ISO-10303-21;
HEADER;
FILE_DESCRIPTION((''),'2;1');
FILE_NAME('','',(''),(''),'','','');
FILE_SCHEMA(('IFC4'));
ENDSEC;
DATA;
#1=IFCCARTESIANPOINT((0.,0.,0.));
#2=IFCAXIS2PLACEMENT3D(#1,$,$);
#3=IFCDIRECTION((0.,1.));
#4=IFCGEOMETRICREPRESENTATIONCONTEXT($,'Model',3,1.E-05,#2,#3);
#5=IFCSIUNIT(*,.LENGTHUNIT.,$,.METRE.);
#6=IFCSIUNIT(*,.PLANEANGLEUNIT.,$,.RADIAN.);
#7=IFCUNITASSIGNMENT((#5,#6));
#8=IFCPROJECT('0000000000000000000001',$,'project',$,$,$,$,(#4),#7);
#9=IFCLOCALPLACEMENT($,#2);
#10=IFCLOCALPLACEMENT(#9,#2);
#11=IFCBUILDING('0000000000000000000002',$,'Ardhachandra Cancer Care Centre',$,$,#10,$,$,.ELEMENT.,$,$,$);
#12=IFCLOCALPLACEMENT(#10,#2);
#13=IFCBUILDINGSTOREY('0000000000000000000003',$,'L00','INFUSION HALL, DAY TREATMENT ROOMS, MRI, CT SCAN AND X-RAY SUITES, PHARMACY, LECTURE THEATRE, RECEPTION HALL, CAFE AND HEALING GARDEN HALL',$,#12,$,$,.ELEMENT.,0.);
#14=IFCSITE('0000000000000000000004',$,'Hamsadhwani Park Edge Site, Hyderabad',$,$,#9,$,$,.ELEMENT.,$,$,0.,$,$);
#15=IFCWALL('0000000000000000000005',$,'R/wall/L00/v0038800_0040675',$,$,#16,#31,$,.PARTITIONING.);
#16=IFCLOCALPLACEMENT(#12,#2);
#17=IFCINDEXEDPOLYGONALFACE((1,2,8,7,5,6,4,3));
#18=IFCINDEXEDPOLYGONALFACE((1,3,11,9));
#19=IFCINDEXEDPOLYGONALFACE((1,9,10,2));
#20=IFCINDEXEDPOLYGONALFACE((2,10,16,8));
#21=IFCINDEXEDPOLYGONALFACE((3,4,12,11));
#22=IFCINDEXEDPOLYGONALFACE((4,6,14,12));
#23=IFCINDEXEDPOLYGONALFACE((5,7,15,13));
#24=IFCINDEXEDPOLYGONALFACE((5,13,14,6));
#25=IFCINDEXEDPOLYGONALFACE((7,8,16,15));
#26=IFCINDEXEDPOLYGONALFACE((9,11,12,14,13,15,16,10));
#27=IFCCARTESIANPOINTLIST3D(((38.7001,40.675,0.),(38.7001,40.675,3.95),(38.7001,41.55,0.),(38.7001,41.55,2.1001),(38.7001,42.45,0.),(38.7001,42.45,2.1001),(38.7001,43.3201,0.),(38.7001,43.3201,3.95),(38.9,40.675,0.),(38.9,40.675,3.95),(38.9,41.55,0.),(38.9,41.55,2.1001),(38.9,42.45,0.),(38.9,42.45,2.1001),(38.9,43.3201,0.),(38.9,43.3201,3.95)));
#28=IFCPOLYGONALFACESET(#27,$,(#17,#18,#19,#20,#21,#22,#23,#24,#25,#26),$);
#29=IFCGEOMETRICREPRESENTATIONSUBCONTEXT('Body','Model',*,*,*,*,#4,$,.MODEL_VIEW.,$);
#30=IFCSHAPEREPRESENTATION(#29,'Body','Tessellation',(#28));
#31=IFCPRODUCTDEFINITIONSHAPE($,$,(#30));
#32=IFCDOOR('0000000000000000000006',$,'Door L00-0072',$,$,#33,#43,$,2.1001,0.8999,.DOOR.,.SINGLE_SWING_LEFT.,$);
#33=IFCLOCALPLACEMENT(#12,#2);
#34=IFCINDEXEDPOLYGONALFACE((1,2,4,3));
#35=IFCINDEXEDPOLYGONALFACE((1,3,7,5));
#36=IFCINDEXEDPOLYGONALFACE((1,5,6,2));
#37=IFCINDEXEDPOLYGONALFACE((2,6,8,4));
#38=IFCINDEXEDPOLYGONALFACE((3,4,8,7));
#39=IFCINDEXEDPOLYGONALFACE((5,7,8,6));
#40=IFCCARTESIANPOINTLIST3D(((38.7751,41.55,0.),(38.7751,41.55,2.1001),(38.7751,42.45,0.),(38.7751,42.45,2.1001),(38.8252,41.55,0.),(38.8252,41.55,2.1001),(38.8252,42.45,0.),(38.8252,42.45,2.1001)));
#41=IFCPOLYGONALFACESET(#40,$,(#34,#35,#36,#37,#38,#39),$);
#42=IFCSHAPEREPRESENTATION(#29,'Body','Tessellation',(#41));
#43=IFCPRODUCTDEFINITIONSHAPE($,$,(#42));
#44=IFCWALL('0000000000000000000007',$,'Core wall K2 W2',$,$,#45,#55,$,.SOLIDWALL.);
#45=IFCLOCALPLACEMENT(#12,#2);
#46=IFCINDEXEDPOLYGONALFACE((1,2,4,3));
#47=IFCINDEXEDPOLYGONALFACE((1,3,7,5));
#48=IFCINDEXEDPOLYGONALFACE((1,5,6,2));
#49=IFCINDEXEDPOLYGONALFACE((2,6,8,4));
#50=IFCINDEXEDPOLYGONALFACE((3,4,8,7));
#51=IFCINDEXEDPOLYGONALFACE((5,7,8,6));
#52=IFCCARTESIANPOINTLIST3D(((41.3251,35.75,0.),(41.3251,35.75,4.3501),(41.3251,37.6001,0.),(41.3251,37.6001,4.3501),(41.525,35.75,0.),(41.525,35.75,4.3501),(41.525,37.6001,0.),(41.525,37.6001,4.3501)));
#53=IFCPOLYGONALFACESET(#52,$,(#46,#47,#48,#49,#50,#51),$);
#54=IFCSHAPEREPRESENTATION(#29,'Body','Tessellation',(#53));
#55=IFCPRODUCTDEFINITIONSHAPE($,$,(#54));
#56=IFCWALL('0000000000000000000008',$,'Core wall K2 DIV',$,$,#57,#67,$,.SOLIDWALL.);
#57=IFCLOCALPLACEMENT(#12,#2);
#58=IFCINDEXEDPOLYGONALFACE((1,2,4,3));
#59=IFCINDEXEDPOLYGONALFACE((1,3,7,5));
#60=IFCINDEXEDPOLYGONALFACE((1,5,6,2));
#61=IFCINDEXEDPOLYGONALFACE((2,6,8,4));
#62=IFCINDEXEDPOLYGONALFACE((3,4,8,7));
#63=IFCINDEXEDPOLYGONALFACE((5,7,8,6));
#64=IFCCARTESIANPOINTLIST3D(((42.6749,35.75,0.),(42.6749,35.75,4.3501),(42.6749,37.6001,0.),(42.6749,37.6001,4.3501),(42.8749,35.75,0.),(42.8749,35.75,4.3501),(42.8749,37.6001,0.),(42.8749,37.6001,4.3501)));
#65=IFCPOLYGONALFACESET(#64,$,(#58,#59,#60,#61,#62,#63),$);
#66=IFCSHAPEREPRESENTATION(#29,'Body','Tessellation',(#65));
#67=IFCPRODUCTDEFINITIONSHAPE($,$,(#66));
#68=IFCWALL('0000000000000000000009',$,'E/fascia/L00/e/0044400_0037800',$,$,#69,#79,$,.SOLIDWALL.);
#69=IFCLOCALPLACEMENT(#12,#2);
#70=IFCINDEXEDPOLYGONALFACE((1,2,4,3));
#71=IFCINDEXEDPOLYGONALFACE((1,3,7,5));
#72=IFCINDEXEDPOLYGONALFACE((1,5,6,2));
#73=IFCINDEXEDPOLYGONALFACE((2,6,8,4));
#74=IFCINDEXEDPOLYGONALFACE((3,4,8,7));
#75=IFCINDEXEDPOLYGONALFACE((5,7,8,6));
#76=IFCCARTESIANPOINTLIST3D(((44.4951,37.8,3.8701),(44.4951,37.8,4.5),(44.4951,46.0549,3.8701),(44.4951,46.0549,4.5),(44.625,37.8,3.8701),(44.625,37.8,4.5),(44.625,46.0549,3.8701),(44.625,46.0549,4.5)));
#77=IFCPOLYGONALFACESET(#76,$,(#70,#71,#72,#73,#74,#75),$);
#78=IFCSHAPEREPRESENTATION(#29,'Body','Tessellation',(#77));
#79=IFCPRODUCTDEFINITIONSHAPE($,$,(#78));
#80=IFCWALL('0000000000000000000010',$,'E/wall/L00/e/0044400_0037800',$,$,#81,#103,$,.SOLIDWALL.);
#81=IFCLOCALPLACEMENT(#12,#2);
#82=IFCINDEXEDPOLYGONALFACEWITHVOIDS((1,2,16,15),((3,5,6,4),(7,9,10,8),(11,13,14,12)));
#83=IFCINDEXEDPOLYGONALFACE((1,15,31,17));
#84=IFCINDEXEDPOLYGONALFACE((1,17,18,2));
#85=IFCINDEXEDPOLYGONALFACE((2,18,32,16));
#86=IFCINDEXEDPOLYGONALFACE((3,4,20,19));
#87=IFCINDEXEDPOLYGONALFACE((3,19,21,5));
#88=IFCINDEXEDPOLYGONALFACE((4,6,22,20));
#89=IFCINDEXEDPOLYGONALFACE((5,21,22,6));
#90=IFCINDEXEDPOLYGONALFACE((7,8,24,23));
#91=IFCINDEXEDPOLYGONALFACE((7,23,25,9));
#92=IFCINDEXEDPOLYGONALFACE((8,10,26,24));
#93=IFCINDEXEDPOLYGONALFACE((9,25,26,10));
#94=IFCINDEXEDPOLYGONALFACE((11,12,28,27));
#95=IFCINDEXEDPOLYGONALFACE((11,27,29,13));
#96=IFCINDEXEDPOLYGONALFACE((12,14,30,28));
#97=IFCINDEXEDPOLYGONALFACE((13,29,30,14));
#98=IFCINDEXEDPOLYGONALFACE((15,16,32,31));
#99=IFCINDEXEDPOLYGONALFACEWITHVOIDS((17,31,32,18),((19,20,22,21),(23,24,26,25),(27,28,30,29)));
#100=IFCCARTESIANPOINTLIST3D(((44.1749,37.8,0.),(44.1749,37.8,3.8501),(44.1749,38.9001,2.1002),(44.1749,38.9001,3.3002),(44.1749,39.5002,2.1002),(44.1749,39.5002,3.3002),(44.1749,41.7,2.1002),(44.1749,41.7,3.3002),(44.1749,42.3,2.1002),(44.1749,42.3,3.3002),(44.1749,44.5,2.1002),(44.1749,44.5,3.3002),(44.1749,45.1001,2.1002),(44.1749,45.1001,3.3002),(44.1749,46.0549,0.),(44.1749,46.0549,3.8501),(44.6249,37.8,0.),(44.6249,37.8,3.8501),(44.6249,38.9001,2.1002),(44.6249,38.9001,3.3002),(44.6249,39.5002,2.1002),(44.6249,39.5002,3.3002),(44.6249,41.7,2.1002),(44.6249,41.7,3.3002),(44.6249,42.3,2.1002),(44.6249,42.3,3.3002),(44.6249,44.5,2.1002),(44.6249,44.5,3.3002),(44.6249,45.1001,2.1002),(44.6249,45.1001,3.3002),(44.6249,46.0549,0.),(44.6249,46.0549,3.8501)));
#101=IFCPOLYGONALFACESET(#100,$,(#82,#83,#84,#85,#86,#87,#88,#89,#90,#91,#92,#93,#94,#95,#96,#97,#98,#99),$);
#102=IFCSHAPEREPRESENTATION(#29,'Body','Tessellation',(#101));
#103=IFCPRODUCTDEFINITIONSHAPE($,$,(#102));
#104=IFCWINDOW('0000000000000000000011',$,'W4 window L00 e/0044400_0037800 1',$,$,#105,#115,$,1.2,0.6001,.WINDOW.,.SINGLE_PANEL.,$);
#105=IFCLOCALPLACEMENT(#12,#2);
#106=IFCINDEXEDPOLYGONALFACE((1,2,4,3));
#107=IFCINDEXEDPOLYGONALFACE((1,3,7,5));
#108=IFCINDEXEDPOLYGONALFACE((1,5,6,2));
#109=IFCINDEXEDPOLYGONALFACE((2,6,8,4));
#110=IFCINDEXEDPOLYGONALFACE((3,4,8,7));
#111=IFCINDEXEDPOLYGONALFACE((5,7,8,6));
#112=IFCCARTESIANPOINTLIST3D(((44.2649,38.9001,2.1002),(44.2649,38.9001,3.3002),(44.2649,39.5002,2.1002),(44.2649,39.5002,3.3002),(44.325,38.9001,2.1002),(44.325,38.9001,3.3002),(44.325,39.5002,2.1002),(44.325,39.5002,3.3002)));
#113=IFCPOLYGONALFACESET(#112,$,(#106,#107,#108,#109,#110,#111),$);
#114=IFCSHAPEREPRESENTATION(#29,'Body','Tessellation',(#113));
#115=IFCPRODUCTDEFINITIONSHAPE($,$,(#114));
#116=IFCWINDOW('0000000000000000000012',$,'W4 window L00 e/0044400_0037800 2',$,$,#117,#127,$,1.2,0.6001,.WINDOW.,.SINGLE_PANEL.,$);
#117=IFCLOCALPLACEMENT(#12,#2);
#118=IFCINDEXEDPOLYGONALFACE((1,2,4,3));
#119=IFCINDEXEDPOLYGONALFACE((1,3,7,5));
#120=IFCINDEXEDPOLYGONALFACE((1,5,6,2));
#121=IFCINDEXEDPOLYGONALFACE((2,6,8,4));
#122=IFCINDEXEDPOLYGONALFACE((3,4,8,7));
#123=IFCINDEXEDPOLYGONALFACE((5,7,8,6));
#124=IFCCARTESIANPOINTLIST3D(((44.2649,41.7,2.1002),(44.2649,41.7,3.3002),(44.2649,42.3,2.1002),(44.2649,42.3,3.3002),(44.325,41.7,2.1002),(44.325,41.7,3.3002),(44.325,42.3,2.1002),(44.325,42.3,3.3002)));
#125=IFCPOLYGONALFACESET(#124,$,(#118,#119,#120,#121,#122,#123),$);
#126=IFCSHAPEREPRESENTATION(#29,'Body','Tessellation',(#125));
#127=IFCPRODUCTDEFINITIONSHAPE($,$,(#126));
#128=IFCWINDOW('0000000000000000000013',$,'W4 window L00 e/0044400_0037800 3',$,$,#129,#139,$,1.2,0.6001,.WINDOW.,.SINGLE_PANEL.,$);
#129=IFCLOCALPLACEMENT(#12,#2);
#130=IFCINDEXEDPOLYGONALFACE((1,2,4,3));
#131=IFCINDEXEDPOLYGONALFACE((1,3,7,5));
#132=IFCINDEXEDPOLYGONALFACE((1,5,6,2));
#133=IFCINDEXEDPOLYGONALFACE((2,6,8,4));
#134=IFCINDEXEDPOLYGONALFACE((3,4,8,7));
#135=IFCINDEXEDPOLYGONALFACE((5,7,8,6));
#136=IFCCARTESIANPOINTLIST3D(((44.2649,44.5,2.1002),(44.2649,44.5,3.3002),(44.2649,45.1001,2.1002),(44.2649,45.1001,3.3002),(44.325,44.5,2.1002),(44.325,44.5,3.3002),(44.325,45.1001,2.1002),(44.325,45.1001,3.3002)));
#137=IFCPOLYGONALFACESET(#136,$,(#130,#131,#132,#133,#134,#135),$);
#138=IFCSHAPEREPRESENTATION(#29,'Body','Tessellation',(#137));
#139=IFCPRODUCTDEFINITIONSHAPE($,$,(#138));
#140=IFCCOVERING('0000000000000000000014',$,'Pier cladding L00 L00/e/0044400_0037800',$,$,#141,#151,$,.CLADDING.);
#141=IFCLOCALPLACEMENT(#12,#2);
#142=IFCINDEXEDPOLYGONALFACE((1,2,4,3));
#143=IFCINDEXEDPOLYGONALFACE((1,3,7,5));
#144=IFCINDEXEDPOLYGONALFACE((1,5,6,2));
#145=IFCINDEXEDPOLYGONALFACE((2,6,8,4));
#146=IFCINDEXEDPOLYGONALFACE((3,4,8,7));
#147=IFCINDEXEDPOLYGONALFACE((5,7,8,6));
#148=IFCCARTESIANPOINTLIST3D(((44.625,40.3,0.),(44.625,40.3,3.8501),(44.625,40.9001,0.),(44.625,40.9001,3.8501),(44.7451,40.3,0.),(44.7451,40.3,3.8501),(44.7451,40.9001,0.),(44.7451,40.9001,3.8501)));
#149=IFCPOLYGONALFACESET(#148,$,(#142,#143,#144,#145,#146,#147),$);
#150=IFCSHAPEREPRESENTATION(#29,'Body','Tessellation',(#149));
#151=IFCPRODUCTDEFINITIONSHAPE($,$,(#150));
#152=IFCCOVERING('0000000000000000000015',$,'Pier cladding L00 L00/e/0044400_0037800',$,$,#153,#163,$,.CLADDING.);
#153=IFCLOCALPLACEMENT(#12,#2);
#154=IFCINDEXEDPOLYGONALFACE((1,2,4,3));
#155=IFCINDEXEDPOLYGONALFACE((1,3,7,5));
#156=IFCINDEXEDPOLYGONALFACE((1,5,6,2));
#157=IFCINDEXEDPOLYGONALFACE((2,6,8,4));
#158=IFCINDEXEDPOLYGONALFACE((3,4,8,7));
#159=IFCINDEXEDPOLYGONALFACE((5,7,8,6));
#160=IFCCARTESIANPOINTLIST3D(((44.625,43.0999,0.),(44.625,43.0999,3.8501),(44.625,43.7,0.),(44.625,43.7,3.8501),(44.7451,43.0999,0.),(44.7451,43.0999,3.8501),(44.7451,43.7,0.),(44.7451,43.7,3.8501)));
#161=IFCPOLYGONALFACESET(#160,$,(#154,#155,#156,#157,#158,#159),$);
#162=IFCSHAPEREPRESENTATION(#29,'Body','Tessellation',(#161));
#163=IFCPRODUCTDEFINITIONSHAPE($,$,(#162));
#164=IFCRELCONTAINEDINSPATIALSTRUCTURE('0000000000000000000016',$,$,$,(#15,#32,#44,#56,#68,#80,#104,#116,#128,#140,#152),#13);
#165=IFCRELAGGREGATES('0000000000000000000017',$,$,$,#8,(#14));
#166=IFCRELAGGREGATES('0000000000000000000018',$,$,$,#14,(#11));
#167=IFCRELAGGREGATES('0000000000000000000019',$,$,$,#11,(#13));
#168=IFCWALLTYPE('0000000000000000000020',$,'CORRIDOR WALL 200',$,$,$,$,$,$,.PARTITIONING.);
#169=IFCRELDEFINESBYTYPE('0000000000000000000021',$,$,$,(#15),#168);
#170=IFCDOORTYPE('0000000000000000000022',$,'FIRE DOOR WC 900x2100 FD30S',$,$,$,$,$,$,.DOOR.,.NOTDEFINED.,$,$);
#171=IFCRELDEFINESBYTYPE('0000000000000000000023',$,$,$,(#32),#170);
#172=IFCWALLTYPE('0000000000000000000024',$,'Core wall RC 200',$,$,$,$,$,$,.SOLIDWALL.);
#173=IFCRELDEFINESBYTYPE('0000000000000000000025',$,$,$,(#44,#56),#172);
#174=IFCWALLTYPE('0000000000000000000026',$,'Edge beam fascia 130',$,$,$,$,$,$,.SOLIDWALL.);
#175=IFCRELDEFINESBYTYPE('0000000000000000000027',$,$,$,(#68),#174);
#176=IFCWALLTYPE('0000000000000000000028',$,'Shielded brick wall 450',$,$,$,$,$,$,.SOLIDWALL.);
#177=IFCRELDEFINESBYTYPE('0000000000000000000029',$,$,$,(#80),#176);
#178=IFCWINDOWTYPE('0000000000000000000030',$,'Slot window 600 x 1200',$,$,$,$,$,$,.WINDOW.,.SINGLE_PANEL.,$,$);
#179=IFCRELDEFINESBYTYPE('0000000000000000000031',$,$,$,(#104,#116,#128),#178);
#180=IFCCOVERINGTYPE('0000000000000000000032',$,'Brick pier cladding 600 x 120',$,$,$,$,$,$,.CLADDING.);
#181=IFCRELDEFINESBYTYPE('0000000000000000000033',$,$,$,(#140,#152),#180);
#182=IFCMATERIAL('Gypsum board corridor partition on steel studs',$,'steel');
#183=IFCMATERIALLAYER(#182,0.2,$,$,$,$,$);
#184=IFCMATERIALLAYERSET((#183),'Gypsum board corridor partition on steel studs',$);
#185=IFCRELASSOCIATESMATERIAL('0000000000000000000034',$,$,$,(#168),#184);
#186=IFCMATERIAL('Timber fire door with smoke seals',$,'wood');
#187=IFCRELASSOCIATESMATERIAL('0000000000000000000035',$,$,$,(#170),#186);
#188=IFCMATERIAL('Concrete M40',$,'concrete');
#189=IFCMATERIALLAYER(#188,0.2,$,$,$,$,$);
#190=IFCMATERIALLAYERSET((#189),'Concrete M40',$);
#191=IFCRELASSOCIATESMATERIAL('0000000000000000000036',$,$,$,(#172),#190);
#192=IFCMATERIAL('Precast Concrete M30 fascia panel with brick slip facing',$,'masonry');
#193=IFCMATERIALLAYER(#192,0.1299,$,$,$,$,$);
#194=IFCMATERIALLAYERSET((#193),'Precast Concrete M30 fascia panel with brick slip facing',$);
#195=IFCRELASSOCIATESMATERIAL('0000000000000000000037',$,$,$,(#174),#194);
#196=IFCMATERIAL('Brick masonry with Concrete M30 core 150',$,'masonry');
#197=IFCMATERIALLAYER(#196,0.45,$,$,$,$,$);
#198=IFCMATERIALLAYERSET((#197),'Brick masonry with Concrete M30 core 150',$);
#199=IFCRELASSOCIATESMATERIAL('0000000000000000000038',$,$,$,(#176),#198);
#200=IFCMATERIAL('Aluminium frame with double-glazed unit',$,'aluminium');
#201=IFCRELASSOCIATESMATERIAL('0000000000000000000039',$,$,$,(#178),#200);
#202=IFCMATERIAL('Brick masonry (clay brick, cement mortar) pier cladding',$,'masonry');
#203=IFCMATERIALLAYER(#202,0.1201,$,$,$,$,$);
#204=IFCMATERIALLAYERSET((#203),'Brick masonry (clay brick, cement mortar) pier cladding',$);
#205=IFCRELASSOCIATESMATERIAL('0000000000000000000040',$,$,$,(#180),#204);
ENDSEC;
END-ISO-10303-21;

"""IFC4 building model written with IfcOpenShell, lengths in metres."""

from ifc_helpers import new_model, si_unit, direction, frame, frame_2d, origin, origin_2d, place, context, subcontext, project, spatial, rectangle, extrude, material, layer, layer_set, type_object, element, fill, save


model = new_model("IFC4")

# Units and contexts
model_context = context("Model", 3, precision=1e-05, world=origin(), true_north=direction((0.0, 1.0)))
body_context = subcontext(model_context, "Body", "Model", "MODEL_VIEW")
ifc_project = project(units=[si_unit("LENGTHUNIT", "METRE"), si_unit("PLANEANGLEUNIT", "RADIAN")], contexts=[model_context])

# Site, building, storey
site_placement = place(None, origin())
site = spatial("IfcSite", under=ifc_project, at=site_placement, Name="Hamsadhwani Park Edge Site, Hyderabad", CompositionType="ELEMENT", RefElevation=0.0)
building_placement = place(site_placement, origin())
building = spatial("IfcBuilding", under=site, at=building_placement, Name="Ardhachandra Cancer Care Centre", CompositionType="ELEMENT")
storey_placement = place(building_placement, origin())
storey = spatial("IfcBuildingStorey", under=building, at=storey_placement, Name="L00", Description="INFUSION HALL, DAY TREATMENT ROOMS, MRI, CT SCAN AND X-RAY SUITES, PHARMACY, LECTURE THEATRE, RECEPTION HALL, CAFE AND HEALING GARDEN HALL", CompositionType="ELEMENT", Elevation=0.0)

# Wall, opening, door
ifc_material_1 = material(Name="Gypsum board corridor partition on steel studs", Category="steel")
ifc_layer_1 = layer(ifc_material_1, 0.2)
ifc_layer_set_1 = layer_set([ifc_layer_1], Name="Gypsum board corridor partition on steel studs")
wall_type_1 = type_object("IfcWallType", Name="CORRIDOR WALL 200", PredefinedType="PARTITIONING", material=ifc_layer_set_1)
wall_1_placement = place(storey_placement, frame((38.8, 40.675, 0.0), z_axis=(0.0, 0.0, 1.0), x_axis=(0.0, 1.0, 0.0)))
wall_1 = element("IfcWall", 1, at=wall_1_placement, inside=storey, type_object=wall_type_1, Name="R/wall/L00/v0038800_0040675", PredefinedType="PARTITIONING", context=body_context, shape_type="SweptSolid", body=[
    extrude(rectangle(XDim=2.645, YDim=0.2, at=frame_2d((1.3225, 0.0))), origin(), (0.0, 0.0, 1.0), 3.95),
])
opening_1_placement = place(wall_1_placement, frame((0.875, 0.0, 0.0)))
opening_1 = element("IfcOpeningElement", 2, at=opening_1_placement, cuts=wall_1, PredefinedType="OPENING", context=body_context, shape_type="SweptSolid", body=[
    extrude(rectangle(XDim=0.8999, YDim=2.1001, at=frame_2d((0.45, 1.05))), frame((0.0, 0.1099, 0.0), z_axis=(0.0, -1.0, 0.0), x_axis=(1.0, 0.0, 0.0)), (0.0, 0.0, 1.0), 0.22),
])
ifc_material_2 = material(Name="Timber fire door with smoke seals", Category="wood")
door_type_1 = type_object("IfcDoorType", Name="FIRE DOOR WC 900x2100 FD30S", OperationType="NOTDEFINED", PredefinedType="DOOR", material=ifc_material_2)
door_1_placement = place(opening_1_placement, origin())
door_1 = element("IfcDoor", 3, at=door_1_placement, inside=storey, type_object=door_type_1, Name="Door L00-0072", OperationType="SINGLE_SWING_LEFT", OverallHeight=2.1001, OverallWidth=0.8999, PredefinedType="DOOR", context=body_context, shape_type="SweptSolid", body=[
    extrude(rectangle(XDim=0.8999, YDim=2.1001, at=frame_2d((0.45, 1.05))), frame((0.0, 0.0249, 0.0), z_axis=(0.0, -1.0, 0.0), x_axis=(1.0, 0.0, 0.0)), (0.0, 0.0, 1.0), 0.05),
])
fill(opening_1, door_1)

# Walls
ifc_material_3 = material(Name="Concrete M40", Category="concrete")
ifc_layer_2 = layer(ifc_material_3, 0.2)
ifc_layer_set_2 = layer_set([ifc_layer_2], Name="Concrete M40")
wall_type_2 = type_object("IfcWallType", Name="Core wall RC 200", PredefinedType="SOLIDWALL", material=ifc_layer_set_2)
for number, where, z_axis, x_axis, name in (
    (4, (41.425, 35.75, 0.0), (0.0, 0.0, 1.0), (0.0, 1.0, 0.0), "Core wall K2 W2"),
    (5, (42.7749, 35.75, 0.0), (0.0, 0.0, 1.0), (0.0, 1.0, 0.0), "Core wall K2 DIV"),
):
    element("IfcWall", number, at=place(storey_placement, frame(where, z_axis=z_axis, x_axis=x_axis)), inside=storey, type_object=wall_type_2, Name=name, PredefinedType="SOLIDWALL", context=body_context, shape_type="SweptSolid", body=[
        extrude(rectangle(XDim=1.8501, YDim=0.2, at=frame_2d((0.925, 0.0))), origin(), (0.0, 0.0, 1.0), 4.3501),
    ])
ifc_material_4 = material(Name="Precast Concrete M30 fascia panel with brick slip facing", Category="masonry")
ifc_layer_3 = layer(ifc_material_4, 0.1299)
ifc_layer_set_3 = layer_set([ifc_layer_3], Name="Precast Concrete M30 fascia panel with brick slip facing")
wall_type_3 = type_object("IfcWallType", Name="Edge beam fascia 130", PredefinedType="SOLIDWALL", material=ifc_layer_set_3)
wall_2_placement = place(storey_placement, frame((44.5601, 37.8, 3.8701), z_axis=(0.0, 0.0, 1.0), x_axis=(0.0, 1.0, 0.0)))
element("IfcWall", 6, at=wall_2_placement, inside=storey, type_object=wall_type_3, Name="E/fascia/L00/e/0044400_0037800", PredefinedType="SOLIDWALL", context=body_context, shape_type="SweptSolid", body=[
    extrude(rectangle(XDim=8.2549, YDim=0.1299, at=frame_2d((4.1274, 0.0))), origin(), (0.0, 0.0, 1.0), 0.6299),
])

# Wall, openings, windows
ifc_material_5 = material(Name="Brick masonry with Concrete M30 core 150", Category="masonry")
ifc_layer_4 = layer(ifc_material_5, 0.45)
ifc_layer_set_4 = layer_set([ifc_layer_4], Name="Brick masonry with Concrete M30 core 150")
wall_type_4 = type_object("IfcWallType", Name="Shielded brick wall 450", PredefinedType="SOLIDWALL", material=ifc_layer_set_4)
wall_3_placement = place(storey_placement, frame((44.3999, 37.8, 0.0), z_axis=(0.0, 0.0, 1.0), x_axis=(0.0, 1.0, 0.0)))
wall_3 = element("IfcWall", 7, at=wall_3_placement, inside=storey, type_object=wall_type_4, Name="E/wall/L00/e/0044400_0037800", PredefinedType="SOLIDWALL", context=body_context, shape_type="SweptSolid", body=[
    extrude(rectangle(XDim=8.2549, YDim=0.45, at=frame_2d((4.1274, 0.0))), origin(), (0.0, 0.0, 1.0), 3.8501),
])
opening_2_placement = place(wall_3_placement, frame((1.1001, 0.0, 2.1001)))
opening_2 = element("IfcOpeningElement", 8, at=opening_2_placement, cuts=wall_3, PredefinedType="OPENING", context=body_context, shape_type="SweptSolid", body=[
    extrude(rectangle(XDim=0.6001, YDim=1.2, at=frame_2d((0.3, 0.6001))), frame((0.0, 0.2349, 0.0), z_axis=(0.0, -1.0, 0.0), x_axis=(1.0, 0.0, 0.0)), (0.0, 0.0, 1.0), 0.47),
])
opening_3_placement = place(wall_3_placement, frame((3.8999, 0.0, 2.1001)))
opening_3 = element("IfcOpeningElement", 9, at=opening_3_placement, cuts=wall_3, PredefinedType="OPENING", context=body_context, shape_type="SweptSolid", body=[
    extrude(rectangle(XDim=0.6001, YDim=1.2, at=frame_2d((0.3, 0.6001))), frame((0.0, 0.2349, 0.0), z_axis=(0.0, -1.0, 0.0), x_axis=(1.0, 0.0, 0.0)), (0.0, 0.0, 1.0), 0.47),
])
opening_4_placement = place(wall_3_placement, frame((6.7, 0.0, 2.1001)))
opening_4 = element("IfcOpeningElement", 10, at=opening_4_placement, cuts=wall_3, PredefinedType="OPENING", context=body_context, shape_type="SweptSolid", body=[
    extrude(rectangle(XDim=0.6001, YDim=1.2, at=frame_2d((0.3, 0.6001))), frame((0.0, 0.2349, 0.0), z_axis=(0.0, -1.0, 0.0), x_axis=(1.0, 0.0, 0.0)), (0.0, 0.0, 1.0), 0.47),
])
ifc_material_6 = material(Name="Aluminium frame with double-glazed unit", Category="aluminium")
window_type = type_object("IfcWindowType", Name="Slot window 600 x 1200", PartitioningType="SINGLE_PANEL", PredefinedType="WINDOW", material=ifc_material_6)
window_1_placement = place(opening_2_placement, origin())
window_1 = element("IfcWindow", 11, at=window_1_placement, inside=storey, type_object=window_type, Name="W4 window L00 e/0044400_0037800 1", OverallHeight=1.2, OverallWidth=0.6001, PartitioningType="SINGLE_PANEL", PredefinedType="WINDOW", context=body_context, shape_type="SweptSolid", body=[
    extrude(rectangle(XDim=0.6001, YDim=1.2, at=frame_2d((0.3, 0.6001))), frame((0.0, 0.135, 0.0), z_axis=(0.0, -1.0, 0.0), x_axis=(1.0, 0.0, 0.0)), (0.0, 0.0, 1.0), 0.0601),
])
fill(opening_2, window_1)
window_2_placement = place(opening_3_placement, origin())
window_2 = element("IfcWindow", 12, at=window_2_placement, inside=storey, type_object=window_type, Name="W4 window L00 e/0044400_0037800 2", OverallHeight=1.2, OverallWidth=0.6001, PartitioningType="SINGLE_PANEL", PredefinedType="WINDOW", context=body_context, shape_type="SweptSolid", body=[
    extrude(rectangle(XDim=0.6001, YDim=1.2, at=frame_2d((0.3, 0.6001))), frame((0.0, 0.135, 0.0), z_axis=(0.0, -1.0, 0.0), x_axis=(1.0, 0.0, 0.0)), (0.0, 0.0, 1.0), 0.0601),
])
fill(opening_3, window_2)
window_3_placement = place(opening_4_placement, origin())
window_3 = element("IfcWindow", 13, at=window_3_placement, inside=storey, type_object=window_type, Name="W4 window L00 e/0044400_0037800 3", OverallHeight=1.2, OverallWidth=0.6001, PartitioningType="SINGLE_PANEL", PredefinedType="WINDOW", context=body_context, shape_type="SweptSolid", body=[
    extrude(rectangle(XDim=0.6001, YDim=1.2, at=frame_2d((0.3, 0.6001))), frame((0.0, 0.135, 0.0), z_axis=(0.0, -1.0, 0.0), x_axis=(1.0, 0.0, 0.0)), (0.0, 0.0, 1.0), 0.0601),
])
fill(opening_4, window_3)

# Coverings
ifc_material_7 = material(Name="Brick masonry (clay brick, cement mortar) pier cladding", Category="masonry")
ifc_layer_5 = layer(ifc_material_7, 0.1201)
ifc_layer_set_5 = layer_set([ifc_layer_5], Name="Brick masonry (clay brick, cement mortar) pier cladding")
covering_type_1 = type_object("IfcCoveringType", Name="Brick pier cladding 600 x 120", PredefinedType="CLADDING", material=ifc_layer_set_5)
for number, where, z_axis, x_axis, name in (
    (14, (44.6851, 40.6001, 0.0), (0.0, 0.0, 1.0), (0.0, 1.0, 0.0), "Pier cladding L00 L00/e/0044400_0037800"),
    (15, (44.6851, 43.3999, 0.0), (0.0, 0.0, 1.0), (0.0, 1.0, 0.0), "Pier cladding L00 L00/e/0044400_0037800"),
):
    element("IfcCovering", number, at=place(storey_placement, frame(where, z_axis=z_axis, x_axis=x_axis)), inside=storey, type_object=covering_type_1, Name=name, PredefinedType="CLADDING", context=body_context, shape_type="SweptSolid", body=[
        extrude(rectangle(XDim=0.6001, YDim=0.1201, at=origin_2d()), origin(), (0.0, 0.0, 1.0), 3.8501),
    ])

save(model, "model.ifc")
